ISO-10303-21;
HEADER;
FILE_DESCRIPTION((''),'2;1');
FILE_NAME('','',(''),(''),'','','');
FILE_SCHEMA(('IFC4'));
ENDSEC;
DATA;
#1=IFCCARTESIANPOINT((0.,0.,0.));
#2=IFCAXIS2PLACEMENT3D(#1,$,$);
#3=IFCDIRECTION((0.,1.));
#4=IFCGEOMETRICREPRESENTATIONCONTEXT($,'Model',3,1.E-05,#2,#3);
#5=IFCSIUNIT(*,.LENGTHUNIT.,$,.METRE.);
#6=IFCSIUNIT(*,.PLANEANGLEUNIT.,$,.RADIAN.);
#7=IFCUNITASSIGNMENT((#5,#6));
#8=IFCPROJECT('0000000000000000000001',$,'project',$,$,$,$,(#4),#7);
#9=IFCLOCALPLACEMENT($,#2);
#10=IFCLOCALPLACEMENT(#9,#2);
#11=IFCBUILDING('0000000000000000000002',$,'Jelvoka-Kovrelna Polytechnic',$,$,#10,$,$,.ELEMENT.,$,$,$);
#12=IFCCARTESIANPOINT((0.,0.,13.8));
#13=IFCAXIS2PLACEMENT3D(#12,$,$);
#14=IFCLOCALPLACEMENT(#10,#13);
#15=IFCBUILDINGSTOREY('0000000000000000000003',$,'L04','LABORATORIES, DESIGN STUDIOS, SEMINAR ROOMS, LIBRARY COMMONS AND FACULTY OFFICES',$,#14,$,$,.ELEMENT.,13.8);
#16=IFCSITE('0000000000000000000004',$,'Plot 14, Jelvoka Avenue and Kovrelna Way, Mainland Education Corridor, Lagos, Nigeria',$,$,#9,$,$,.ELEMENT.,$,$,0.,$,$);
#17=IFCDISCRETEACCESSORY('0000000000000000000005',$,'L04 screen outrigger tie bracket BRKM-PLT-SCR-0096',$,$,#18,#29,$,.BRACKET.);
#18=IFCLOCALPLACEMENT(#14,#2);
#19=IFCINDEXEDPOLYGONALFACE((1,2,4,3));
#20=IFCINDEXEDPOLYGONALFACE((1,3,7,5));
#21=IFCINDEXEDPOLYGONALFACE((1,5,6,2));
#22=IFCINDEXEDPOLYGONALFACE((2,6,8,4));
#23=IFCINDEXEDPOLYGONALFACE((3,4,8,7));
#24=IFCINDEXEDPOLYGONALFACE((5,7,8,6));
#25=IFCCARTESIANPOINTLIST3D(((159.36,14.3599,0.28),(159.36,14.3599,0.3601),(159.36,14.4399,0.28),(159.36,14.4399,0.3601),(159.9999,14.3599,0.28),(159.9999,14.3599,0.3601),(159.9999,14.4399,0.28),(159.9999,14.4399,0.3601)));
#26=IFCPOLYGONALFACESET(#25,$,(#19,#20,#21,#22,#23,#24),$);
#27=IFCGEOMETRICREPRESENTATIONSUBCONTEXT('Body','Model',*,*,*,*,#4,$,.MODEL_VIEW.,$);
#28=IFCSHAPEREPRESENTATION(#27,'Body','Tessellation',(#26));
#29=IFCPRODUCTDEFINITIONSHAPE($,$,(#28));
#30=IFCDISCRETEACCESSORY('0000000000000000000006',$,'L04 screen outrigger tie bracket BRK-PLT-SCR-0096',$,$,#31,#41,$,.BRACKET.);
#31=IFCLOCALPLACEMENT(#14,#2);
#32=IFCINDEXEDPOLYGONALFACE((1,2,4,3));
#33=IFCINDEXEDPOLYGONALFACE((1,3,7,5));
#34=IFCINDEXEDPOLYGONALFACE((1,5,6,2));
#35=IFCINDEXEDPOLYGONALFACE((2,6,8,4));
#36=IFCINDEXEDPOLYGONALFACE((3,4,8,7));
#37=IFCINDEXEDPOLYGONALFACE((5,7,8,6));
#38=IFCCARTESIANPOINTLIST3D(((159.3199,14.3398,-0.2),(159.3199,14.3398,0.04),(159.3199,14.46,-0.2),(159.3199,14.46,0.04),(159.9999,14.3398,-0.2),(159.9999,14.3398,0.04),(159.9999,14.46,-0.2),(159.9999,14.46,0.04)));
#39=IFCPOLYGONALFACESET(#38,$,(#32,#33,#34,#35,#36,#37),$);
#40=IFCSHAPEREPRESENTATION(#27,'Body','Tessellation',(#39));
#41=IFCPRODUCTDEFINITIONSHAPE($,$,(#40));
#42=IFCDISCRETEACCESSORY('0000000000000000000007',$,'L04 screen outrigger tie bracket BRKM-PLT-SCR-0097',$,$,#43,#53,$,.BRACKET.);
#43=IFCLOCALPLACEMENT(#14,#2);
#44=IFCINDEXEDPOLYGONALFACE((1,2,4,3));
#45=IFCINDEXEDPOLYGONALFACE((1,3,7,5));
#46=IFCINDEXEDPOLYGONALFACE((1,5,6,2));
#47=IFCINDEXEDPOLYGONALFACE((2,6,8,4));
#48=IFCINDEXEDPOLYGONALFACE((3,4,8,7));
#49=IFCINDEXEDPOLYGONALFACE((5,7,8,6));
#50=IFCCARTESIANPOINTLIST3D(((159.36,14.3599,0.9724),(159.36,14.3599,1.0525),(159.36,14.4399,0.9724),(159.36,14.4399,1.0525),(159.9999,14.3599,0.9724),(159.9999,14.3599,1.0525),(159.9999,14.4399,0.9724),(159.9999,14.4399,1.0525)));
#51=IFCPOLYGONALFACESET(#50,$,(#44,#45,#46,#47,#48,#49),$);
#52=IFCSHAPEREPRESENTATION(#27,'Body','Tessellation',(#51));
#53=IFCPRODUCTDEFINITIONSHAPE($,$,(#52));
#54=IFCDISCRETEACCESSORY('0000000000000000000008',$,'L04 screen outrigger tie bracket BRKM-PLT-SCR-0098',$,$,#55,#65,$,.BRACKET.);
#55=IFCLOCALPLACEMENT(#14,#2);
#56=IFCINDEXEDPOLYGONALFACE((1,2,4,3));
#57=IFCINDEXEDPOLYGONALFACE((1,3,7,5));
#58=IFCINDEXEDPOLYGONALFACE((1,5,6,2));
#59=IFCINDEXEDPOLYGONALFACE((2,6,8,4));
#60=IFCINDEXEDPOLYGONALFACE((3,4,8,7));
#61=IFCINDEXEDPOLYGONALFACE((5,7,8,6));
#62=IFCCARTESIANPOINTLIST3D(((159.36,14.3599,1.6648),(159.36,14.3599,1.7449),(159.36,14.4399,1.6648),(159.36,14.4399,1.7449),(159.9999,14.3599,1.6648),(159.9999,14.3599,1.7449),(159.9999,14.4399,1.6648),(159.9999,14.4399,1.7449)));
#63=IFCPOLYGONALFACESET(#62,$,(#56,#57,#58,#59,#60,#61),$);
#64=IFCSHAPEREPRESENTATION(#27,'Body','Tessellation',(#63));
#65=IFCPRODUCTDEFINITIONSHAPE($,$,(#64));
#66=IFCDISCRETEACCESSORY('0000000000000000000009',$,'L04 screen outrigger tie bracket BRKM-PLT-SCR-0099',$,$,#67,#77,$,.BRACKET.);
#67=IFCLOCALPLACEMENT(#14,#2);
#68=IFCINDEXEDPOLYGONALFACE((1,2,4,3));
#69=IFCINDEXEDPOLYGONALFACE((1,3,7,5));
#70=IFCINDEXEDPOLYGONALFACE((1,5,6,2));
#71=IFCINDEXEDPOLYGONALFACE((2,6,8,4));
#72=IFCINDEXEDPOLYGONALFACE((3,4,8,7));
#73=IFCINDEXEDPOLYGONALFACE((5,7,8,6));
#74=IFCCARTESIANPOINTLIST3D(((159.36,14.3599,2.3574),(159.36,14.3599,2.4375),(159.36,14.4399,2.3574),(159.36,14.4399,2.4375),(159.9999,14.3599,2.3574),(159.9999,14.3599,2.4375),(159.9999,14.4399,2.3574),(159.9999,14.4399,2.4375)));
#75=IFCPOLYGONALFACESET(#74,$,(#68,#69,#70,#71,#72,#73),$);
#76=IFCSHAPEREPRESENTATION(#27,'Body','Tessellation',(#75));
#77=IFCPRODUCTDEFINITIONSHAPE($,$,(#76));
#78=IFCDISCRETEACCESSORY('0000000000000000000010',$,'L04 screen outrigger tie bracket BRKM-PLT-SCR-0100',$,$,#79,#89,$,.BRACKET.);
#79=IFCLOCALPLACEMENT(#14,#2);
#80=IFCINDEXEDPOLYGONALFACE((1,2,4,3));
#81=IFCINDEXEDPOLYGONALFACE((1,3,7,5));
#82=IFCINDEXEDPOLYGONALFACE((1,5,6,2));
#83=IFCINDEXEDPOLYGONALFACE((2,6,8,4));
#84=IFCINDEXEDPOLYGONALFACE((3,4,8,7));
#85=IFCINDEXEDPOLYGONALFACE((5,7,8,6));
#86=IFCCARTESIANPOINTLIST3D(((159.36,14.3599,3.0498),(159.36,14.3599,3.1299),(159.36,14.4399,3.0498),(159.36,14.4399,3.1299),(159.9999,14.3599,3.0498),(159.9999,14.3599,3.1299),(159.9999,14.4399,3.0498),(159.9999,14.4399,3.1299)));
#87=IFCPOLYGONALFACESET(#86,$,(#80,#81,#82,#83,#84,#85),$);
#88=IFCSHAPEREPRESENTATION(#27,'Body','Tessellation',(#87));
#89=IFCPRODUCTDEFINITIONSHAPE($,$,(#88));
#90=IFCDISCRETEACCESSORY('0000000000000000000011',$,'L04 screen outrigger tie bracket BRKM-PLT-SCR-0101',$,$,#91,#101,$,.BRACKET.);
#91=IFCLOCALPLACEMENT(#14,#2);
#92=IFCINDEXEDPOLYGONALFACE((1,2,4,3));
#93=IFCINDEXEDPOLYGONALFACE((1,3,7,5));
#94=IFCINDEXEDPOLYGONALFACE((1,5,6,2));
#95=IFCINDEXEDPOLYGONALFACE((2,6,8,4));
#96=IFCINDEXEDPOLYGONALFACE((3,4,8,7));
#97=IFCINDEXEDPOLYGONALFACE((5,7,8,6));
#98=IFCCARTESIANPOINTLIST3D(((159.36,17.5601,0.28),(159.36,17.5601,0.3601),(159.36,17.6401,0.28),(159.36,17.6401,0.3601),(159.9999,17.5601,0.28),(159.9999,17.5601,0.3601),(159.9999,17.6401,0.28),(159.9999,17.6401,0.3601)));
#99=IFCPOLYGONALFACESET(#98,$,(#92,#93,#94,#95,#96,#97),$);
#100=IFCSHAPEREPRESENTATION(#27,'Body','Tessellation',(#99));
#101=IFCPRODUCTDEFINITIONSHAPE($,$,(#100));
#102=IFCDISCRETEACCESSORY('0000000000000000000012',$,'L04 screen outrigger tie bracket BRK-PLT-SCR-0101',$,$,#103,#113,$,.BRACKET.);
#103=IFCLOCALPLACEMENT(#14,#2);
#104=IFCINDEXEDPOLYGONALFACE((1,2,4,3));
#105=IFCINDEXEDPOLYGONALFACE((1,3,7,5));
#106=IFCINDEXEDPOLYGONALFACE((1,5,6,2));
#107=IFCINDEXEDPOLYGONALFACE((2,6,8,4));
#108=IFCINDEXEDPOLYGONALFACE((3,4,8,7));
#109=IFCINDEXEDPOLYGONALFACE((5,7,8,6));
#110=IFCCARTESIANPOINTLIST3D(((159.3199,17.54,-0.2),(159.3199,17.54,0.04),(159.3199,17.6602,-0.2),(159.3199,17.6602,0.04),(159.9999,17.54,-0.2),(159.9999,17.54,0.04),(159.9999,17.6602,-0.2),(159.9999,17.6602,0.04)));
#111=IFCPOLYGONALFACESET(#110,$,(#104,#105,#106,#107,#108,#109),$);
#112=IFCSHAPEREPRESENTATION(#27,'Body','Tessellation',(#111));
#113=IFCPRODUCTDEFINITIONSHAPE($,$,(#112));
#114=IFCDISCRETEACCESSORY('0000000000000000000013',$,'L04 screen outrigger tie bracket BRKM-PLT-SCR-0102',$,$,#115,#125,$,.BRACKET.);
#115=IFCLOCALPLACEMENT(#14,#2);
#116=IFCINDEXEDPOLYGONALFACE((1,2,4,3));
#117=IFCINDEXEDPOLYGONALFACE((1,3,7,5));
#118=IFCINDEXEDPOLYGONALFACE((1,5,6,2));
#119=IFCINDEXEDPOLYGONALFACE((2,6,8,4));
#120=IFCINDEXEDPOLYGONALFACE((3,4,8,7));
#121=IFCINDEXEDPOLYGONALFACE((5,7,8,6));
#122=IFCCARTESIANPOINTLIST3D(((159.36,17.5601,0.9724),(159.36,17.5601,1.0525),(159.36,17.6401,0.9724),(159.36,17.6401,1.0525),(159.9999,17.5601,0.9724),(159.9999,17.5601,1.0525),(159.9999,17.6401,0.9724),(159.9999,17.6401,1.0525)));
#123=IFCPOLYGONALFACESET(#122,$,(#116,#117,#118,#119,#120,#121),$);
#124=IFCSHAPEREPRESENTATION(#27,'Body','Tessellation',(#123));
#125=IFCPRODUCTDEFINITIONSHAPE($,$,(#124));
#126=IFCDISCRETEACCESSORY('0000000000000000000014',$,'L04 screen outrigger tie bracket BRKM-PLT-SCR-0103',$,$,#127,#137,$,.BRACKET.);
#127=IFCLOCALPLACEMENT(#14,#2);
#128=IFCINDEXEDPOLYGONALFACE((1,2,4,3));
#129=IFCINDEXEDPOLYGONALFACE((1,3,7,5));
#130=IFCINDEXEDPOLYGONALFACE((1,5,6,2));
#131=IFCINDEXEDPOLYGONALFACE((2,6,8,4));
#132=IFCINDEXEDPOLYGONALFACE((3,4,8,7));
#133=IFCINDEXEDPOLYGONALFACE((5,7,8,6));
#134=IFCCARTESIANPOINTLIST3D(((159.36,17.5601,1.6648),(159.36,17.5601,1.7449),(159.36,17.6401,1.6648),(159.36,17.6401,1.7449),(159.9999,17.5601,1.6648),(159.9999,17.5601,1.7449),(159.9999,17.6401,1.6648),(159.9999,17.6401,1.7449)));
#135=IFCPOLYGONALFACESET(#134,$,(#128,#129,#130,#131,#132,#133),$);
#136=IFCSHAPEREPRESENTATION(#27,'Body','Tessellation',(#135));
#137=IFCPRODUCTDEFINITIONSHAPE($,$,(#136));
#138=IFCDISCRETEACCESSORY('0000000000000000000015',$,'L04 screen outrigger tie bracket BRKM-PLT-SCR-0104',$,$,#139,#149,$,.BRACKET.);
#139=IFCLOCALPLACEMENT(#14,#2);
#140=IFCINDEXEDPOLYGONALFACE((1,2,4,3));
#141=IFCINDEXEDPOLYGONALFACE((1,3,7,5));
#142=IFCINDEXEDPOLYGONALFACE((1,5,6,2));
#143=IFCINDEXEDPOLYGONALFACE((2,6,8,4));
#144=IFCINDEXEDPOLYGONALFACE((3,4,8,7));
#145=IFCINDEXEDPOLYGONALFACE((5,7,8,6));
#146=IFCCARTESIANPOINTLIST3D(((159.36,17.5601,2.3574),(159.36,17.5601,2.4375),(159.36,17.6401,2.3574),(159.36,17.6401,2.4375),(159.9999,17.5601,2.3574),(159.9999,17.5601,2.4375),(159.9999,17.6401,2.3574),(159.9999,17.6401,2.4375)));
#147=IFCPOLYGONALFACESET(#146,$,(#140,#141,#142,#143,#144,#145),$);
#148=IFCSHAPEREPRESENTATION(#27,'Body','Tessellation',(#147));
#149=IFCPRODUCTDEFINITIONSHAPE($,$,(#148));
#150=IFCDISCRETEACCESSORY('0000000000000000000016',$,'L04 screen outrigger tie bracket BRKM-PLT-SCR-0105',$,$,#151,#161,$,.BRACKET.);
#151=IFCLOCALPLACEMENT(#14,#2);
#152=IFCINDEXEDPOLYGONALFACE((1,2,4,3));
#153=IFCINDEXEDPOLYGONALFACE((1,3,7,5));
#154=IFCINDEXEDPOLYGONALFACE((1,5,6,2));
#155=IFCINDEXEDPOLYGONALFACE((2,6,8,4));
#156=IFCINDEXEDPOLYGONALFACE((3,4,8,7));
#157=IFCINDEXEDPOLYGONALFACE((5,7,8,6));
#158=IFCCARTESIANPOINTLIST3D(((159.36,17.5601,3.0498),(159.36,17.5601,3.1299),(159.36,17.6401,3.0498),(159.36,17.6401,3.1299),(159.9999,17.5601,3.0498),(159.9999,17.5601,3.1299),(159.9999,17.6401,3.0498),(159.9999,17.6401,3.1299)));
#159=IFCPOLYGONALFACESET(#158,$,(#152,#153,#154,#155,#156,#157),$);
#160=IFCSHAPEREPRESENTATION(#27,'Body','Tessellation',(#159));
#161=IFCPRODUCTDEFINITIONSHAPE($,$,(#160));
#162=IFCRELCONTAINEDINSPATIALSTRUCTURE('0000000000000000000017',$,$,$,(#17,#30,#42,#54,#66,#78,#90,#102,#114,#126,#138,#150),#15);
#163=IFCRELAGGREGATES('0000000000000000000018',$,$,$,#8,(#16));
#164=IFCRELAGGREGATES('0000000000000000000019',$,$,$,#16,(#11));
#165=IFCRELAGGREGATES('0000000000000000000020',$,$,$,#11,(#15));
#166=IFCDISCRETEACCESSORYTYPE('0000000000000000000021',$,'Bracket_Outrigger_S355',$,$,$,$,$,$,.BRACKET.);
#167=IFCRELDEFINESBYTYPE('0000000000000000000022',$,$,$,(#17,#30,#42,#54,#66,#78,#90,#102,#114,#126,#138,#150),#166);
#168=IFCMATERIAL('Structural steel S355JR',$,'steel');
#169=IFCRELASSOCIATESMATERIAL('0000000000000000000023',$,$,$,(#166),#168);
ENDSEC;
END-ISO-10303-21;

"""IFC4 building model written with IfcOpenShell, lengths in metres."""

from ifc_helpers import new_model, si_unit, direction, frame, origin, origin_2d, place, context, subcontext, project, spatial, rectangle, extrude, material, type_object, element, save


model = new_model("IFC4")

# Units and contexts
model_context = context("Model", 3, precision=1e-05, world=origin(), true_north=direction((0.0, 1.0)))
body_context = subcontext(model_context, "Body", "Model", "MODEL_VIEW")
ifc_project = project(units=[si_unit("LENGTHUNIT", "METRE"), si_unit("PLANEANGLEUNIT", "RADIAN")], contexts=[model_context])

# Site, building, storey
site_placement = place(None, origin())
site = spatial("IfcSite", under=ifc_project, at=site_placement, Name="Plot 14, Jelvoka Avenue and Kovrelna Way, Mainland Education Corridor, Lagos, Nigeria", CompositionType="ELEMENT", RefElevation=0.0)
building_placement = place(site_placement, origin())
building = spatial("IfcBuilding", under=site, at=building_placement, Name="Jelvoka-Kovrelna Polytechnic", CompositionType="ELEMENT")
storey_placement = place(building_placement, frame((0.0, 0.0, 13.8)))
storey = spatial("IfcBuildingStorey", under=building, at=storey_placement, Name="L04", Description="LABORATORIES, DESIGN STUDIOS, SEMINAR ROOMS, LIBRARY COMMONS AND FACULTY OFFICES", CompositionType="ELEMENT", Elevation=13.8)

# Discrete accessories
ifc_material_1 = material(Name="Structural steel S355JR", Category="steel")
discrete_accessory_type = type_object("IfcDiscreteAccessoryType", Name="Bracket_Outrigger_S355", PredefinedType="BRACKET", material=ifc_material_1)
discrete_accessory_1_placement = place(storey_placement, frame((159.6799, 14.3999, 0.28), z_axis=(0.0, 0.0, 1.0), x_axis=(1.0, 0.0, 0.0)))
element("IfcDiscreteAccessory", 1, at=discrete_accessory_1_placement, inside=storey, type_object=discrete_accessory_type, Name="L04 screen outrigger tie bracket BRKM-PLT-SCR-0096", PredefinedType="BRACKET", context=body_context, shape_type="SweptSolid", body=[
    extrude(rectangle(XDim=0.6399, YDim=0.0801, at=origin_2d()), origin(), (0.0, 0.0, 1.0), 0.0801),
])
discrete_accessory_2_placement = place(storey_placement, frame((159.6599, 14.3999, -0.2), z_axis=(0.0, 0.0, 1.0), x_axis=(1.0, 0.0, 0.0)))
element("IfcDiscreteAccessory", 2, at=discrete_accessory_2_placement, inside=storey, type_object=discrete_accessory_type, Name="L04 screen outrigger tie bracket BRK-PLT-SCR-0096", PredefinedType="BRACKET", context=body_context, shape_type="SweptSolid", body=[
    extrude(rectangle(XDim=0.6799, YDim=0.1201, at=origin_2d()), origin(), (0.0, 0.0, 1.0), 0.24),
])
for number, where, z_axis, x_axis, name in (
    (3, (159.6799, 14.3999, 0.9724), (0.0, 0.0, 1.0), (1.0, 0.0, 0.0), "L04 screen outrigger tie bracket BRKM-PLT-SCR-0097"),
    (4, (159.6799, 14.3999, 1.6648), (0.0, 0.0, 1.0), (1.0, 0.0, 0.0), "L04 screen outrigger tie bracket BRKM-PLT-SCR-0098"),
    (5, (159.6799, 14.3999, 2.3574), (0.0, 0.0, 1.0), (1.0, 0.0, 0.0), "L04 screen outrigger tie bracket BRKM-PLT-SCR-0099"),
    (6, (159.6799, 14.3999, 3.0498), (0.0, 0.0, 1.0), (1.0, 0.0, 0.0), "L04 screen outrigger tie bracket BRKM-PLT-SCR-0100"),
    (7, (159.6799, 17.6001, 0.28), (0.0, 0.0, 1.0), (1.0, 0.0, 0.0), "L04 screen outrigger tie bracket BRKM-PLT-SCR-0101"),
):
    element("IfcDiscreteAccessory", number, at=place(storey_placement, frame(where, z_axis=z_axis, x_axis=x_axis)), inside=storey, type_object=discrete_accessory_type, Name=name, PredefinedType="BRACKET", context=body_context, shape_type="SweptSolid", body=[
        extrude(rectangle(XDim=0.6399, YDim=0.0801, at=origin_2d()), origin(), (0.0, 0.0, 1.0), 0.0801),
    ])
discrete_accessory_3_placement = place(storey_placement, frame((159.6599, 17.6001, -0.2), z_axis=(0.0, 0.0, 1.0), x_axis=(1.0, 0.0, 0.0)))
element("IfcDiscreteAccessory", 8, at=discrete_accessory_3_placement, inside=storey, type_object=discrete_accessory_type, Name="L04 screen outrigger tie bracket BRK-PLT-SCR-0101", PredefinedType="BRACKET", context=body_context, shape_type="SweptSolid", body=[
    extrude(rectangle(XDim=0.6799, YDim=0.1201, at=origin_2d()), origin(), (0.0, 0.0, 1.0), 0.24),
])
for number, where, z_axis, x_axis, name in (
    (9, (159.6799, 17.6001, 0.9724), (0.0, 0.0, 1.0), (1.0, 0.0, 0.0), "L04 screen outrigger tie bracket BRKM-PLT-SCR-0102"),
    (10, (159.6799, 17.6001, 1.6648), (0.0, 0.0, 1.0), (1.0, 0.0, 0.0), "L04 screen outrigger tie bracket BRKM-PLT-SCR-0103"),
    (11, (159.6799, 17.6001, 2.3574), (0.0, 0.0, 1.0), (1.0, 0.0, 0.0), "L04 screen outrigger tie bracket BRKM-PLT-SCR-0104"),
    (12, (159.6799, 17.6001, 3.0498), (0.0, 0.0, 1.0), (1.0, 0.0, 0.0), "L04 screen outrigger tie bracket BRKM-PLT-SCR-0105"),
):
    element("IfcDiscreteAccessory", number, at=place(storey_placement, frame(where, z_axis=z_axis, x_axis=x_axis)), inside=storey, type_object=discrete_accessory_type, Name=name, PredefinedType="BRACKET", context=body_context, shape_type="SweptSolid", body=[
        extrude(rectangle(XDim=0.6399, YDim=0.0801, at=origin_2d()), origin(), (0.0, 0.0, 1.0), 0.0801),
    ])

save(model, "model.ifc")
